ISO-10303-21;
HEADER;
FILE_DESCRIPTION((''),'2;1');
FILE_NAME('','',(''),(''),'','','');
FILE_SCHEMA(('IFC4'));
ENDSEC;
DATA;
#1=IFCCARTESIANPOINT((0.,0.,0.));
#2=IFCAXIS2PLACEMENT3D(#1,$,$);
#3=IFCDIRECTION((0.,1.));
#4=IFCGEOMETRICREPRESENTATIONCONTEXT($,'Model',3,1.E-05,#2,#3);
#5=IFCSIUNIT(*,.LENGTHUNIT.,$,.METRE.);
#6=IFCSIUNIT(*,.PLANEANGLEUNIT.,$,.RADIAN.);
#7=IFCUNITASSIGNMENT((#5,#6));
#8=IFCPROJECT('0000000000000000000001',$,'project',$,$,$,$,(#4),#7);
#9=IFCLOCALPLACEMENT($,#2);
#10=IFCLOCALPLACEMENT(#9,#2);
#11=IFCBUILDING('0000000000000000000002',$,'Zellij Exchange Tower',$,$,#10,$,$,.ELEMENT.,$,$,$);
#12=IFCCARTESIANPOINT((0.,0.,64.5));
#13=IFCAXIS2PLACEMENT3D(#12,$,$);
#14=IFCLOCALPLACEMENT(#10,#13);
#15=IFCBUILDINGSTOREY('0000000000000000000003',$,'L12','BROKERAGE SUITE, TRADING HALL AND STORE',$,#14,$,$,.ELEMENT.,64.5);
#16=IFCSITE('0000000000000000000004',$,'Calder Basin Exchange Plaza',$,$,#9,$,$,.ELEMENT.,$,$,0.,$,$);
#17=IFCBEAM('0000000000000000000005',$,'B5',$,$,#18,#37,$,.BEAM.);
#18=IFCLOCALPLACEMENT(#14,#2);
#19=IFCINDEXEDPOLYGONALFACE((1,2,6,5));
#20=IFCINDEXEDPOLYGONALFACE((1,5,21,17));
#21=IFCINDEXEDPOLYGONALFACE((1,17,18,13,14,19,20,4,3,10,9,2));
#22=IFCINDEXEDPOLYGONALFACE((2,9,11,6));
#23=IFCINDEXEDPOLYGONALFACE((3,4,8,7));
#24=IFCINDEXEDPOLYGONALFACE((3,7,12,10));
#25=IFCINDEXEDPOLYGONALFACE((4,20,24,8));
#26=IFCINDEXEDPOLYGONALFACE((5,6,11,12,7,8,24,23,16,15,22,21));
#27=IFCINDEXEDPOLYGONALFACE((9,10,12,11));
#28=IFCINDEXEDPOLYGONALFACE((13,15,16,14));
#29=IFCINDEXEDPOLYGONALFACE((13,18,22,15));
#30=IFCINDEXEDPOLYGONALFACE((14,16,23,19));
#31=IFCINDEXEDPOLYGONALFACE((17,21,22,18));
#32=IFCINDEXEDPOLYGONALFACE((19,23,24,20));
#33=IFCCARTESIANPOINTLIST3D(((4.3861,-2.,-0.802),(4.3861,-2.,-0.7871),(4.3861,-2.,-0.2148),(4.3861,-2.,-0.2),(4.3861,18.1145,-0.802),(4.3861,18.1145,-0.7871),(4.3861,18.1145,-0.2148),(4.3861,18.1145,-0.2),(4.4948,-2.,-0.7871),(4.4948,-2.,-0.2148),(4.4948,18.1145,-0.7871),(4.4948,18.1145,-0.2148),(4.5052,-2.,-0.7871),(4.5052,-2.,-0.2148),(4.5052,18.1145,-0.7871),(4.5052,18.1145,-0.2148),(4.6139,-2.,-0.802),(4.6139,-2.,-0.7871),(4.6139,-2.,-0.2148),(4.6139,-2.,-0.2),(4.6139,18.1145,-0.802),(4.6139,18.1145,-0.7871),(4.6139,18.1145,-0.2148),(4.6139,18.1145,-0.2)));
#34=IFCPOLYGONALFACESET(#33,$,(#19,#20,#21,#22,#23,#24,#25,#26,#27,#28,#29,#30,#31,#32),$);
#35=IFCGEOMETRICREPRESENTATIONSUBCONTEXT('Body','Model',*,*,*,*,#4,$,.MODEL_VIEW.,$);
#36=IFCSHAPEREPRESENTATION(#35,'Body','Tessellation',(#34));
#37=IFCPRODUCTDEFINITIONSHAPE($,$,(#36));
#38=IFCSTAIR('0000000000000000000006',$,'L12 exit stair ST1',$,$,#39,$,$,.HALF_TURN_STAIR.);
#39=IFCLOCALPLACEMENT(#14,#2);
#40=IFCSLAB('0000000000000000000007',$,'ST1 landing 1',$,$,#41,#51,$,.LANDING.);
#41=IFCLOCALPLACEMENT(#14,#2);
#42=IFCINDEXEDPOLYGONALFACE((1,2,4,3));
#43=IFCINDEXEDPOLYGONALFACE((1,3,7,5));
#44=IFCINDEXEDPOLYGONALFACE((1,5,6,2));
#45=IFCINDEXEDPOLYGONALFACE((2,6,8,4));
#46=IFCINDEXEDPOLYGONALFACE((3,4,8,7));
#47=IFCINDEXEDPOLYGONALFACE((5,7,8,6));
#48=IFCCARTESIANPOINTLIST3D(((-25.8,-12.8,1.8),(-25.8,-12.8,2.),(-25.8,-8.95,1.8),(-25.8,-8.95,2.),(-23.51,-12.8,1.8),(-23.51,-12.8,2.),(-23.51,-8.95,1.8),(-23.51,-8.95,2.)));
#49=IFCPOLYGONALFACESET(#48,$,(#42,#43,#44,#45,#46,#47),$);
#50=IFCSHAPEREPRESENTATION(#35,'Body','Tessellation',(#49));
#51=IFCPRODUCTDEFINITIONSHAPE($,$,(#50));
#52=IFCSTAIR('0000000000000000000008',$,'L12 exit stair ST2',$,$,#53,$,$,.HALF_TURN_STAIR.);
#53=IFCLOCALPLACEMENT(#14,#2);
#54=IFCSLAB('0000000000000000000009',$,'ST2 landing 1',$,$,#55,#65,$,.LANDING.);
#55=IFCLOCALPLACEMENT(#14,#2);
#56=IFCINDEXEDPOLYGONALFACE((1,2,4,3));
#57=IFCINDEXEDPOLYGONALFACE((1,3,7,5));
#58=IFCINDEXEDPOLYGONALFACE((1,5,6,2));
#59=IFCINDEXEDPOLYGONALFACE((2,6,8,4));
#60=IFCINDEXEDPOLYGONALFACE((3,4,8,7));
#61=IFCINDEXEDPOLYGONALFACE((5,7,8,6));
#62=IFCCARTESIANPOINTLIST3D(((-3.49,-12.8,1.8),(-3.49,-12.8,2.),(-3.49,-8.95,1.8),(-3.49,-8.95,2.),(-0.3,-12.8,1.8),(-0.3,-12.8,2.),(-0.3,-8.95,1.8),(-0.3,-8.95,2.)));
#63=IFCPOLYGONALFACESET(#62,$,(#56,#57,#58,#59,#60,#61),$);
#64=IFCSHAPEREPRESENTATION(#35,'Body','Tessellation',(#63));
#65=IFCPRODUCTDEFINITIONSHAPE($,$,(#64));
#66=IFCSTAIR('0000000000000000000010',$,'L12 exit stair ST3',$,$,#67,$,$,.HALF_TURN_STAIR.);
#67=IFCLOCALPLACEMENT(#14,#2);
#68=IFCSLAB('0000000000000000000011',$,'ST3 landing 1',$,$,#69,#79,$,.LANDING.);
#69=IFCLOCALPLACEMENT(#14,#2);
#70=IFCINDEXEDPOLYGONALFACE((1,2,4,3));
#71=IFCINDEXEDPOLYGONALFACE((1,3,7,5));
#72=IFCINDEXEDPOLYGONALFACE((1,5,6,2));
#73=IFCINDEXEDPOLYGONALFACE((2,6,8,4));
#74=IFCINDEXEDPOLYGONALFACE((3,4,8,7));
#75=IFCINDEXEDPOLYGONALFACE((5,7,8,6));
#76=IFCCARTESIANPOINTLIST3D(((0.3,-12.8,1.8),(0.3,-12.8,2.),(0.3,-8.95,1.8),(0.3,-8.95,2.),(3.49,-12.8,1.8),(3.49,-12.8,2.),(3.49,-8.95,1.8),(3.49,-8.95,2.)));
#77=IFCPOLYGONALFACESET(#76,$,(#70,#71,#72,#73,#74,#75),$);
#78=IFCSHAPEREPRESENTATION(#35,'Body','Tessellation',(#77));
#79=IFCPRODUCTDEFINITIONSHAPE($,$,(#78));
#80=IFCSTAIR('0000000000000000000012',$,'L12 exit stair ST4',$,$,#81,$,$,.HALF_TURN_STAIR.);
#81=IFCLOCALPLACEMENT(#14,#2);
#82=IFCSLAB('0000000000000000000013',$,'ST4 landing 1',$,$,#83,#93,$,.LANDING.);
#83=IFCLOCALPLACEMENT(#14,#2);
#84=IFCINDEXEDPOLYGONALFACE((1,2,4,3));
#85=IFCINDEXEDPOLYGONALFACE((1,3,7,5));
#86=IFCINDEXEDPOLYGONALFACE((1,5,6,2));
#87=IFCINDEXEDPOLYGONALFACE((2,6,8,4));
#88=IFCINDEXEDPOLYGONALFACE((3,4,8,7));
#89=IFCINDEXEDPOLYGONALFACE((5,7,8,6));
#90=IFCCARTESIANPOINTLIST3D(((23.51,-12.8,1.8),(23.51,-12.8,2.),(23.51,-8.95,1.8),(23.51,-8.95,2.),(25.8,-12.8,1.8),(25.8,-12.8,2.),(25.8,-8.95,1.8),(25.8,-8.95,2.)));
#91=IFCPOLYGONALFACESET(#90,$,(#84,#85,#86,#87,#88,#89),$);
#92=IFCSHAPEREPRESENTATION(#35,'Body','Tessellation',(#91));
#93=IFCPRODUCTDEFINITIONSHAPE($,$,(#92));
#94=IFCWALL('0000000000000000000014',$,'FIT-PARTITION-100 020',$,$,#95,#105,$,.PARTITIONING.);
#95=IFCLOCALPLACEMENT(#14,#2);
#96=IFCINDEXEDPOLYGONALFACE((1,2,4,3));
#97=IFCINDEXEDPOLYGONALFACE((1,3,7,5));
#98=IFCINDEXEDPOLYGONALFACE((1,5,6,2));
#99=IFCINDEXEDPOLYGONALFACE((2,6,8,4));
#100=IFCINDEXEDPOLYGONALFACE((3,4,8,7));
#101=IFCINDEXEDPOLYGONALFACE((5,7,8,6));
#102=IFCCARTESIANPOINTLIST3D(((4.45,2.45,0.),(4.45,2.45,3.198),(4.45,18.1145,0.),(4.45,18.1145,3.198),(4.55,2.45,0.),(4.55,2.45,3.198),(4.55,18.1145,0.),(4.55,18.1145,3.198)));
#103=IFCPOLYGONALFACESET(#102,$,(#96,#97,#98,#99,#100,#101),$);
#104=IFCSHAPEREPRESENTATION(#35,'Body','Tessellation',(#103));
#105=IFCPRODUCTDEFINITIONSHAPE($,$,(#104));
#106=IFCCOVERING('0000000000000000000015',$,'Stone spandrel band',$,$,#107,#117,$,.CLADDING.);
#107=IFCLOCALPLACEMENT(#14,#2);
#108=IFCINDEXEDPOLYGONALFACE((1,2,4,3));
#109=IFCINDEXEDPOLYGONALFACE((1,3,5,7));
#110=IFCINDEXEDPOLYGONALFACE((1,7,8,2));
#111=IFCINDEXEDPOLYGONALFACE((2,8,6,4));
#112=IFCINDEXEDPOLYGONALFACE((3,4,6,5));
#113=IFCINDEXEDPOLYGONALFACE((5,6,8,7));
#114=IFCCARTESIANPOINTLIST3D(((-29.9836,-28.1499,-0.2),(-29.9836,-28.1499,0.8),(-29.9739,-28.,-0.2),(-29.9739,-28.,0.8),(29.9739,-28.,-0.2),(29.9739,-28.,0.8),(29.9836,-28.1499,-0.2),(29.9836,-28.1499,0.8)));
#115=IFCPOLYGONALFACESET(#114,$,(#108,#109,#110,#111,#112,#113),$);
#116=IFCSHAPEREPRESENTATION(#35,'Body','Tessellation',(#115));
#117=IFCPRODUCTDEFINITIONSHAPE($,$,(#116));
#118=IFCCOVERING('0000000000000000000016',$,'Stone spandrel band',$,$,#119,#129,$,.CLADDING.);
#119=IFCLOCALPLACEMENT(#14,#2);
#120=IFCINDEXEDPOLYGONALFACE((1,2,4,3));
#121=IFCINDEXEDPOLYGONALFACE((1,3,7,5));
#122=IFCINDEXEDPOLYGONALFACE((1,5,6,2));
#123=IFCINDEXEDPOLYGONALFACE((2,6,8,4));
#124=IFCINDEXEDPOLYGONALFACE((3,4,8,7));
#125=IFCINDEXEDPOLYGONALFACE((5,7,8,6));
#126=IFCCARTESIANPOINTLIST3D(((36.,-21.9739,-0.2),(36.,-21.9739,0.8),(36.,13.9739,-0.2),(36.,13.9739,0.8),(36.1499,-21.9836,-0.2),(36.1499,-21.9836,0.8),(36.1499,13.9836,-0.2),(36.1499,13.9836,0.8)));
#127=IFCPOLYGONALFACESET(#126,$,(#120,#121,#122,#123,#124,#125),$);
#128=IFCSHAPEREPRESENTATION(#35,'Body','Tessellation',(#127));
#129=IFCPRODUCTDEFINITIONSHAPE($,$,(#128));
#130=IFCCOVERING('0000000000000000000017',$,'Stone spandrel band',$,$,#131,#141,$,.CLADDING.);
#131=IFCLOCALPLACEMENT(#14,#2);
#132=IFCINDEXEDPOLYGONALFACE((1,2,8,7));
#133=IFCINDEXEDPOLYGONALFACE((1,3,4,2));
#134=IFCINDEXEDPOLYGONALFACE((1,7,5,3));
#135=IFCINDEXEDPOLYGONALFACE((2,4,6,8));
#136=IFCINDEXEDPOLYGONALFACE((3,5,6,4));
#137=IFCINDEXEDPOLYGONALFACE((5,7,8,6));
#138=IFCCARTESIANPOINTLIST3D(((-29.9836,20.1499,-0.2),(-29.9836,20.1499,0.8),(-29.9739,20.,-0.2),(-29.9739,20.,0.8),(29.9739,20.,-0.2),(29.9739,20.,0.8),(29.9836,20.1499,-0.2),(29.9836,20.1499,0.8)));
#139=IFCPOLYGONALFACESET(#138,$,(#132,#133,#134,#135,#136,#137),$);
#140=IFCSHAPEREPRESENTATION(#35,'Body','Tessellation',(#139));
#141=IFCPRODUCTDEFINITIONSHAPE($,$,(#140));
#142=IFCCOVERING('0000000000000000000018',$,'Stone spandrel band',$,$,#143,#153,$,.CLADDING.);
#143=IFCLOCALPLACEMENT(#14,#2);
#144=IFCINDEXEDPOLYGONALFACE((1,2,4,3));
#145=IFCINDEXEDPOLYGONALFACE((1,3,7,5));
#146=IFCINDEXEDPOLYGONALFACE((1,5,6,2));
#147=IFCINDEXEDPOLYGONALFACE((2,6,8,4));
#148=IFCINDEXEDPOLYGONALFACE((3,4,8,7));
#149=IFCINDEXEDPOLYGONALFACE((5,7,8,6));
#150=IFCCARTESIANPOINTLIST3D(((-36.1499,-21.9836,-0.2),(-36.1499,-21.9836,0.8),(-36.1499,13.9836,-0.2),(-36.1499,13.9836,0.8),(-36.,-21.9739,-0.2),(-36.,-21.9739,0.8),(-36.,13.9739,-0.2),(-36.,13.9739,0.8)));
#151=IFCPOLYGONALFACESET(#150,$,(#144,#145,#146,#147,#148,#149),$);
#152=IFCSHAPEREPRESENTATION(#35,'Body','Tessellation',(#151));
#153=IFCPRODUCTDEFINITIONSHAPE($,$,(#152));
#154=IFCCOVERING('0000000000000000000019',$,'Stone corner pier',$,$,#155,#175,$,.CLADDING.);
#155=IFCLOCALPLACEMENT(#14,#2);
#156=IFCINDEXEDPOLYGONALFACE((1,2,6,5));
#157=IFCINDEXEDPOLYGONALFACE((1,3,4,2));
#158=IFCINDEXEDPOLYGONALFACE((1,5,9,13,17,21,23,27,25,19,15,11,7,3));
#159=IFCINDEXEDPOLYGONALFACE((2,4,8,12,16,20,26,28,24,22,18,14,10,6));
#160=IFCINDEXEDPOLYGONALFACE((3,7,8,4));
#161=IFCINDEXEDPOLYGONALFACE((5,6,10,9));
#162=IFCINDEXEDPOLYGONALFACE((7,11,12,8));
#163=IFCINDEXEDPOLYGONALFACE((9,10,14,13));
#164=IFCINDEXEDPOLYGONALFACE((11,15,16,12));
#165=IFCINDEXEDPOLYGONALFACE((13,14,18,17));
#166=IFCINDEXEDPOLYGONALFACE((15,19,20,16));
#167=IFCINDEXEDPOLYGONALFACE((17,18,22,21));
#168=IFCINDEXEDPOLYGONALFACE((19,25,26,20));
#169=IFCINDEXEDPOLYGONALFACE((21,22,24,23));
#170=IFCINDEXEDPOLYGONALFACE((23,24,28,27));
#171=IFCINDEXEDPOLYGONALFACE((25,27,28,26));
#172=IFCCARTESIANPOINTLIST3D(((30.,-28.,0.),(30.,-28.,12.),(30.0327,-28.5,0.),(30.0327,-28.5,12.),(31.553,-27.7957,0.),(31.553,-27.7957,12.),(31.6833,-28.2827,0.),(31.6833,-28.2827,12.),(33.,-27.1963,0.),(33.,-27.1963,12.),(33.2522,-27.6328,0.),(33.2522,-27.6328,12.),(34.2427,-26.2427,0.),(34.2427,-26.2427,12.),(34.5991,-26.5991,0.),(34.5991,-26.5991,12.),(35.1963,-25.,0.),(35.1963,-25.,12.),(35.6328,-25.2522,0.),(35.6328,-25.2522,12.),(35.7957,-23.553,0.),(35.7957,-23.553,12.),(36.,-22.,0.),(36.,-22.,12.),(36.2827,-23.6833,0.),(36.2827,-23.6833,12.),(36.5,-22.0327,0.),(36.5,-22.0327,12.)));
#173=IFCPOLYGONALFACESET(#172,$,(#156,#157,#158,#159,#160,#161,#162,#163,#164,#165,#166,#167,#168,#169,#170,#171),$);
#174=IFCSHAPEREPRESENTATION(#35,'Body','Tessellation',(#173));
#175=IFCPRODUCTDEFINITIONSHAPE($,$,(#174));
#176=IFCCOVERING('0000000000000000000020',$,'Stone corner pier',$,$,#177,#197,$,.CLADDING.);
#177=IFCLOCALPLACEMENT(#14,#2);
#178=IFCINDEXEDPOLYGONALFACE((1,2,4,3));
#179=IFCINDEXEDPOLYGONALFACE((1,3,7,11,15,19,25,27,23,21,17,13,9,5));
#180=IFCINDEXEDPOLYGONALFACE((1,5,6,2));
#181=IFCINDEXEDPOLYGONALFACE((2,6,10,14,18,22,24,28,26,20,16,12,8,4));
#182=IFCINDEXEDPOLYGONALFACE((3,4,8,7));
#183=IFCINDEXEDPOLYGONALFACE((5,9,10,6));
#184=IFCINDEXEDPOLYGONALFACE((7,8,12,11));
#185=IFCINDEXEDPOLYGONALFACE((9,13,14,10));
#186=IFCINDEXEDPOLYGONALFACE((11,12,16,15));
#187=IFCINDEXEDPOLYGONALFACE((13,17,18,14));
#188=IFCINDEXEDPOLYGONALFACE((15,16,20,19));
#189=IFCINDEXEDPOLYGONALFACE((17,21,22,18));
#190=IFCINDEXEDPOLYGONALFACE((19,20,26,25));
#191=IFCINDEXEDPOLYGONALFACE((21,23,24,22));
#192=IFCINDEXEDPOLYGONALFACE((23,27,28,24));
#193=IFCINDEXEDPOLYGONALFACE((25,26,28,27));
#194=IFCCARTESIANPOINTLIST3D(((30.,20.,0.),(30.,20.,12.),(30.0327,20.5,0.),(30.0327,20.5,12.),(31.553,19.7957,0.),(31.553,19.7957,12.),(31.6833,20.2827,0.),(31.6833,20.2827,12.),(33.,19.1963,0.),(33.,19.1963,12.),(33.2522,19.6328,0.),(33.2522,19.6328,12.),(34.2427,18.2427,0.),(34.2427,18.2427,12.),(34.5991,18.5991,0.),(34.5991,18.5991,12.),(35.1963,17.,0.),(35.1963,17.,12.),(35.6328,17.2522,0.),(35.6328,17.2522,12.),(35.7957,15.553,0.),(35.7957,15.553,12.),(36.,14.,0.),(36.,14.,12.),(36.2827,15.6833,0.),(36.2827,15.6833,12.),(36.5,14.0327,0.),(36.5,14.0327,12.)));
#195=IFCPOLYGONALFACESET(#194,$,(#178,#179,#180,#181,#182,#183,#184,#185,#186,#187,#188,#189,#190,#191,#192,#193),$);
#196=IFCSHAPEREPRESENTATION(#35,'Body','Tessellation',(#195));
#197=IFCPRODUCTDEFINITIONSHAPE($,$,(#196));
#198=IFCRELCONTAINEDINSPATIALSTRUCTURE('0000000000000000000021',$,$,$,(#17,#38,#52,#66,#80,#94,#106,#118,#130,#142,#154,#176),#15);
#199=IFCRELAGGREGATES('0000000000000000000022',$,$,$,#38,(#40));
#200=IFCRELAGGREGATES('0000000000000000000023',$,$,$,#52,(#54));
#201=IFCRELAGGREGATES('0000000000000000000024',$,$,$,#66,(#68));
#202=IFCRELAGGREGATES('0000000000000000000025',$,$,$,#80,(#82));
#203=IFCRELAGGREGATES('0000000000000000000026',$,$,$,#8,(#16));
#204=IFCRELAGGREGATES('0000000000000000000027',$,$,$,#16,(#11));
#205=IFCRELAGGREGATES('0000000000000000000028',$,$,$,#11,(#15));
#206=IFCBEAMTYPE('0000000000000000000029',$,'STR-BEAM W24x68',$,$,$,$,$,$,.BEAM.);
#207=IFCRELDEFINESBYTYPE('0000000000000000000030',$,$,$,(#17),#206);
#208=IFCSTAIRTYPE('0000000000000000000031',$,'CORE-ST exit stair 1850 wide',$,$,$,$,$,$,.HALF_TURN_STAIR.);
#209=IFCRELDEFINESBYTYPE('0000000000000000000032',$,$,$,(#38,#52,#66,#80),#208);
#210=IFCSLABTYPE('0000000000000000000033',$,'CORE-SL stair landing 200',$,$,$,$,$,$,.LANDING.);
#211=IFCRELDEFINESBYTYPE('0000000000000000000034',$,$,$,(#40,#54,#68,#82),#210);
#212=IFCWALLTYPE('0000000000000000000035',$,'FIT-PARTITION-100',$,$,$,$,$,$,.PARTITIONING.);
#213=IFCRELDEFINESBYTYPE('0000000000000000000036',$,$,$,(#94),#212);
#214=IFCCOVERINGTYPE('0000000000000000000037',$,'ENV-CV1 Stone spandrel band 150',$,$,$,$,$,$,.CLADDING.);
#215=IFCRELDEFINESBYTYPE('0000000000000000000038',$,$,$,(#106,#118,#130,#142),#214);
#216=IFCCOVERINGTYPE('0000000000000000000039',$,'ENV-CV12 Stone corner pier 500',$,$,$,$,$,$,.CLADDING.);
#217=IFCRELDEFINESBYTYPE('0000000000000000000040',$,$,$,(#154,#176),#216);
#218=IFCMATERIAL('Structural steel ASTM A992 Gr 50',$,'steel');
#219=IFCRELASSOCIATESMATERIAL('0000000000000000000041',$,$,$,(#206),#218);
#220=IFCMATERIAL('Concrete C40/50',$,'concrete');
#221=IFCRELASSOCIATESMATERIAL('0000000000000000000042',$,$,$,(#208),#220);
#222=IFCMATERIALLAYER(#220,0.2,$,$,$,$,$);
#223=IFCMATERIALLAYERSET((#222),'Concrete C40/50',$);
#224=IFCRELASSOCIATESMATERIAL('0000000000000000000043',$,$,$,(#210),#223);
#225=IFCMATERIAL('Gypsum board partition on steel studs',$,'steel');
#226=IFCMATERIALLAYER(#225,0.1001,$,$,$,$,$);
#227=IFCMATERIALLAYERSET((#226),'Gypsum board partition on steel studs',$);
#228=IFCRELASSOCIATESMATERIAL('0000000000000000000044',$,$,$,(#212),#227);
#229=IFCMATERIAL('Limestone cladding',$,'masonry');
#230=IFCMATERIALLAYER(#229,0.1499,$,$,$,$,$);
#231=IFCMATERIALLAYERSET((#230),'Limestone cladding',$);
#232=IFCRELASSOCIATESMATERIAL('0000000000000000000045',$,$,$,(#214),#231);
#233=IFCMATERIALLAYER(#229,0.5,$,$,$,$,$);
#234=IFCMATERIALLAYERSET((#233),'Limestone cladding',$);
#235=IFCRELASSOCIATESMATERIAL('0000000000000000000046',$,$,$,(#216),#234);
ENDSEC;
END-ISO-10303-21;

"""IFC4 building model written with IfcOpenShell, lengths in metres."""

from ifc_helpers import new_model, si_unit, direction, frame, frame_2d, origin, origin_2d, place, context, subcontext, project, spatial, polyline, rectangle, i_section, outline, extrude, material, layer, layer_set, material_profile, profile_set, type_object, element, aggregate, save


model = new_model("IFC4")

# Units and contexts
model_context = context("Model", 3, precision=1e-05, world=origin(), true_north=direction((0.0, 1.0)))
body_context = subcontext(model_context, "Body", "Model", "MODEL_VIEW")
ifc_project = project(units=[si_unit("LENGTHUNIT", "METRE"), si_unit("PLANEANGLEUNIT", "RADIAN")], contexts=[model_context])

# Site, building, storey
site_placement = place(None, origin())
site = spatial("IfcSite", under=ifc_project, at=site_placement, Name="Calder Basin Exchange Plaza", CompositionType="ELEMENT", RefElevation=0.0)
building_placement = place(site_placement, origin())
building = spatial("IfcBuilding", under=site, at=building_placement, Name="Zellij Exchange Tower", CompositionType="ELEMENT")
storey_placement = place(building_placement, frame((0.0, 0.0, 64.5)))
storey = spatial("IfcBuildingStorey", under=building, at=storey_placement, Name="L12", Description="BROKERAGE SUITE, TRADING HALL AND STORE", CompositionType="ELEMENT", Elevation=64.5)

# Beam
ifc_material_1 = material(Name="Structural steel ASTM A992 Gr 50", Category="steel")
ifc_material_profile = material_profile(ifc_material_1, i_section(OverallWidth=0.2278, OverallDepth=0.6021, WebThickness=0.0105, FlangeThickness=0.0149, at=origin_2d()), Name="W24x68")
ifc_profile_set = profile_set([ifc_material_profile], Name="Structural steel ASTM A992 Gr 50")
beam_type = type_object("IfcBeamType", Name="STR-BEAM W24x68", PredefinedType="BEAM", material=ifc_profile_set)
beam_placement = place(storey_placement, frame((4.5, -2.0, -0.501), z_axis=(0.0, 1.0, 0.0), x_axis=(-1.0, 0.0, 0.0)))
element("IfcBeam", 1, at=beam_placement, inside=storey, type_object=beam_type, Name="B5", PredefinedType="BEAM", context=body_context, shape_type="SweptSolid", body=[
    extrude(i_section(OverallWidth=0.2278, OverallDepth=0.6021, WebThickness=0.0105, FlangeThickness=0.0149, at=origin_2d()), origin(), (0.0, 0.0, 1.0), 20.1145),
])

# Stairs, slabs
ifc_material_2 = material(Name="Concrete C40/50", Category="concrete")
stair_type = type_object("IfcStairType", Name="CORE-ST exit stair 1850 wide", PredefinedType="HALF_TURN_STAIR", material=ifc_material_2)
stair_1_placement = place(storey_placement, origin())
stair_1 = element("IfcStair", 2, at=stair_1_placement, inside=storey, type_object=stair_type, Name="L12 exit stair ST1", PredefinedType="HALF_TURN_STAIR")
ifc_layer_1 = layer(ifc_material_2, 0.2)
ifc_layer_set_1 = layer_set([ifc_layer_1], Name="Concrete C40/50")
slab_type = type_object("IfcSlabType", Name="CORE-SL stair landing 200", PredefinedType="LANDING", material=ifc_layer_set_1)
slab_1_placement = place(storey_placement, frame((0.0, 0.0, 1.8)))
slab_1 = element("IfcSlab", 3, at=slab_1_placement, type_object=slab_type, Name="ST1 landing 1", PredefinedType="LANDING", context=body_context, shape_type="SweptSolid", body=[
    extrude(outline(polyline([(-23.51, -8.95), (-25.8, -8.95), (-25.8, -12.8), (-23.51, -12.8), (-23.51, -8.95)])), origin(), (0.0, 0.0, 1.0), 0.2),
])
aggregate(stair_1, [slab_1])
stair_2_placement = place(storey_placement, origin())
stair_2 = element("IfcStair", 4, at=stair_2_placement, inside=storey, type_object=stair_type, Name="L12 exit stair ST2", PredefinedType="HALF_TURN_STAIR")
slab_2_placement = place(storey_placement, frame((0.0, 0.0, 1.8)))
slab_2 = element("IfcSlab", 5, at=slab_2_placement, type_object=slab_type, Name="ST2 landing 1", PredefinedType="LANDING", context=body_context, shape_type="SweptSolid", body=[
    extrude(outline(polyline([(-3.49, -12.8), (-0.3, -12.8), (-0.3, -8.95), (-3.49, -8.95), (-3.49, -12.8)])), origin(), (0.0, 0.0, 1.0), 0.2),
])
aggregate(stair_2, [slab_2])
stair_3_placement = place(storey_placement, origin())
stair_3 = element("IfcStair", 6, at=stair_3_placement, inside=storey, type_object=stair_type, Name="L12 exit stair ST3", PredefinedType="HALF_TURN_STAIR")
slab_3_placement = place(storey_placement, frame((0.0, 0.0, 1.8)))
slab_3 = element("IfcSlab", 7, at=slab_3_placement, type_object=slab_type, Name="ST3 landing 1", PredefinedType="LANDING", context=body_context, shape_type="SweptSolid", body=[
    extrude(outline(polyline([(3.49, -8.95), (0.3, -8.95), (0.3, -12.8), (3.49, -12.8), (3.49, -8.95)])), origin(), (0.0, 0.0, 1.0), 0.2),
])
aggregate(stair_3, [slab_3])
stair_4_placement = place(storey_placement, origin())
stair_4 = element("IfcStair", 8, at=stair_4_placement, inside=storey, type_object=stair_type, Name="L12 exit stair ST4", PredefinedType="HALF_TURN_STAIR")
slab_4_placement = place(storey_placement, frame((0.0, 0.0, 1.8)))
slab_4 = element("IfcSlab", 9, at=slab_4_placement, type_object=slab_type, Name="ST4 landing 1", PredefinedType="LANDING", context=body_context, shape_type="SweptSolid", body=[
    extrude(outline(polyline([(23.51, -12.8), (25.8, -12.8), (25.8, -8.95), (23.51, -8.95), (23.51, -12.8)])), origin(), (0.0, 0.0, 1.0), 0.2),
])
aggregate(stair_4, [slab_4])

# Wall
ifc_material_3 = material(Name="Gypsum board partition on steel studs", Category="steel")
ifc_layer_2 = layer(ifc_material_3, 0.1001)
ifc_layer_set_2 = layer_set([ifc_layer_2], Name="Gypsum board partition on steel studs")
wall_type = type_object("IfcWallType", Name="FIT-PARTITION-100", PredefinedType="PARTITIONING", material=ifc_layer_set_2)
wall_placement = place(storey_placement, frame((4.5, 2.45, 0.0), z_axis=(0.0, 0.0, 1.0), x_axis=(0.0, 1.0, 0.0)))
element("IfcWall", 10, at=wall_placement, inside=storey, type_object=wall_type, Name="FIT-PARTITION-100 020", PredefinedType="PARTITIONING", context=body_context, shape_type="SweptSolid", body=[
    extrude(rectangle(XDim=15.6646, YDim=0.1001, at=frame_2d((7.8323, 0.0))), origin(), (0.0, 0.0, 1.0), 3.198),
])

# Coverings
ifc_material_4 = material(Name="Limestone cladding", Category="masonry")
ifc_layer_3 = layer(ifc_material_4, 0.1499)
ifc_layer_set_3 = layer_set([ifc_layer_3], Name="Limestone cladding")
covering_type_1 = type_object("IfcCoveringType", Name="ENV-CV1 Stone spandrel band 150", PredefinedType="CLADDING", material=ifc_layer_set_3)
covering_1_placement = place(storey_placement, frame((0.0, 0.0, -0.2)))
element("IfcCovering", 11, at=covering_1_placement, inside=storey, type_object=covering_type_1, Name="Stone spandrel band", PredefinedType="CLADDING", context=body_context, shape_type="SweptSolid", body=[
    extrude(outline(polyline([(-29.9739, -28.0), (29.9739, -28.0), (29.9836, -28.1499), (-29.9836, -28.1499), (-29.9739, -28.0)])), origin(), (0.0, 0.0, 1.0), 1.0),
])
covering_2_placement = place(storey_placement, frame((0.0, 0.0, -0.2)))
element("IfcCovering", 12, at=covering_2_placement, inside=storey, type_object=covering_type_1, Name="Stone spandrel band", PredefinedType="CLADDING", context=body_context, shape_type="SweptSolid", body=[
    extrude(outline(polyline([(36.0, -21.9739), (36.0, 13.9739), (36.1499, 13.9836), (36.1499, -21.9836), (36.0, -21.9739)])), origin(), (0.0, 0.0, 1.0), 1.0),
])
covering_3_placement = place(storey_placement, frame((0.0, 0.0, -0.2)))
element("IfcCovering", 13, at=covering_3_placement, inside=storey, type_object=covering_type_1, Name="Stone spandrel band", PredefinedType="CLADDING", context=body_context, shape_type="SweptSolid", body=[
    extrude(outline(polyline([(29.9739, 20.0), (-29.9739, 20.0), (-29.9836, 20.1499), (29.9836, 20.1499), (29.9739, 20.0)])), origin(), (0.0, 0.0, 1.0), 1.0),
])
covering_4_placement = place(storey_placement, frame((0.0, 0.0, -0.2)))
element("IfcCovering", 14, at=covering_4_placement, inside=storey, type_object=covering_type_1, Name="Stone spandrel band", PredefinedType="CLADDING", context=body_context, shape_type="SweptSolid", body=[
    extrude(outline(polyline([(-36.0, 13.9739), (-36.0, -21.9739), (-36.1499, -21.9836), (-36.1499, 13.9836), (-36.0, 13.9739)])), origin(), (0.0, 0.0, 1.0), 1.0),
])
ifc_layer_4 = layer(ifc_material_4, 0.5)
ifc_layer_set_4 = layer_set([ifc_layer_4], Name="Limestone cladding")
covering_type_2 = type_object("IfcCoveringType", Name="ENV-CV12 Stone corner pier 500", PredefinedType="CLADDING", material=ifc_layer_set_4)
covering_5_placement = place(storey_placement, origin())
element("IfcCovering", 15, at=covering_5_placement, inside=storey, type_object=covering_type_2, Name="Stone corner pier", PredefinedType="CLADDING", context=body_context, shape_type="SweptSolid", body=[
    extrude(outline(polyline([(30.0, -28.0), (31.553, -27.7957), (33.0, -27.1963), (34.2427, -26.2427), (35.1963, -25.0), (35.7957, -23.553), (36.0, -22.0), (36.5, -22.0327), (36.2827, -23.6833), (35.6328, -25.2522), (34.5991, -26.5991), (33.2522, -27.6328), (31.6833, -28.2827), (30.0327, -28.5), (30.0, -28.0)])), origin(), (0.0, 0.0, 1.0), 12.0),
])
covering_6_placement = place(storey_placement, origin())
element("IfcCovering", 16, at=covering_6_placement, inside=storey, type_object=covering_type_2, Name="Stone corner pier", PredefinedType="CLADDING", context=body_context, shape_type="SweptSolid", body=[
    extrude(outline(polyline([(36.0, 14.0), (35.7957, 15.553), (35.1963, 17.0), (34.2427, 18.2427), (33.0, 19.1963), (31.553, 19.7957), (30.0, 20.0), (30.0327, 20.5), (31.6833, 20.2827), (33.2522, 19.6328), (34.5991, 18.5991), (35.6328, 17.2522), (36.2827, 15.6833), (36.5, 14.0327), (36.0, 14.0)])), origin(), (0.0, 0.0, 1.0), 12.0),
])

save(model, "model.ifc")
